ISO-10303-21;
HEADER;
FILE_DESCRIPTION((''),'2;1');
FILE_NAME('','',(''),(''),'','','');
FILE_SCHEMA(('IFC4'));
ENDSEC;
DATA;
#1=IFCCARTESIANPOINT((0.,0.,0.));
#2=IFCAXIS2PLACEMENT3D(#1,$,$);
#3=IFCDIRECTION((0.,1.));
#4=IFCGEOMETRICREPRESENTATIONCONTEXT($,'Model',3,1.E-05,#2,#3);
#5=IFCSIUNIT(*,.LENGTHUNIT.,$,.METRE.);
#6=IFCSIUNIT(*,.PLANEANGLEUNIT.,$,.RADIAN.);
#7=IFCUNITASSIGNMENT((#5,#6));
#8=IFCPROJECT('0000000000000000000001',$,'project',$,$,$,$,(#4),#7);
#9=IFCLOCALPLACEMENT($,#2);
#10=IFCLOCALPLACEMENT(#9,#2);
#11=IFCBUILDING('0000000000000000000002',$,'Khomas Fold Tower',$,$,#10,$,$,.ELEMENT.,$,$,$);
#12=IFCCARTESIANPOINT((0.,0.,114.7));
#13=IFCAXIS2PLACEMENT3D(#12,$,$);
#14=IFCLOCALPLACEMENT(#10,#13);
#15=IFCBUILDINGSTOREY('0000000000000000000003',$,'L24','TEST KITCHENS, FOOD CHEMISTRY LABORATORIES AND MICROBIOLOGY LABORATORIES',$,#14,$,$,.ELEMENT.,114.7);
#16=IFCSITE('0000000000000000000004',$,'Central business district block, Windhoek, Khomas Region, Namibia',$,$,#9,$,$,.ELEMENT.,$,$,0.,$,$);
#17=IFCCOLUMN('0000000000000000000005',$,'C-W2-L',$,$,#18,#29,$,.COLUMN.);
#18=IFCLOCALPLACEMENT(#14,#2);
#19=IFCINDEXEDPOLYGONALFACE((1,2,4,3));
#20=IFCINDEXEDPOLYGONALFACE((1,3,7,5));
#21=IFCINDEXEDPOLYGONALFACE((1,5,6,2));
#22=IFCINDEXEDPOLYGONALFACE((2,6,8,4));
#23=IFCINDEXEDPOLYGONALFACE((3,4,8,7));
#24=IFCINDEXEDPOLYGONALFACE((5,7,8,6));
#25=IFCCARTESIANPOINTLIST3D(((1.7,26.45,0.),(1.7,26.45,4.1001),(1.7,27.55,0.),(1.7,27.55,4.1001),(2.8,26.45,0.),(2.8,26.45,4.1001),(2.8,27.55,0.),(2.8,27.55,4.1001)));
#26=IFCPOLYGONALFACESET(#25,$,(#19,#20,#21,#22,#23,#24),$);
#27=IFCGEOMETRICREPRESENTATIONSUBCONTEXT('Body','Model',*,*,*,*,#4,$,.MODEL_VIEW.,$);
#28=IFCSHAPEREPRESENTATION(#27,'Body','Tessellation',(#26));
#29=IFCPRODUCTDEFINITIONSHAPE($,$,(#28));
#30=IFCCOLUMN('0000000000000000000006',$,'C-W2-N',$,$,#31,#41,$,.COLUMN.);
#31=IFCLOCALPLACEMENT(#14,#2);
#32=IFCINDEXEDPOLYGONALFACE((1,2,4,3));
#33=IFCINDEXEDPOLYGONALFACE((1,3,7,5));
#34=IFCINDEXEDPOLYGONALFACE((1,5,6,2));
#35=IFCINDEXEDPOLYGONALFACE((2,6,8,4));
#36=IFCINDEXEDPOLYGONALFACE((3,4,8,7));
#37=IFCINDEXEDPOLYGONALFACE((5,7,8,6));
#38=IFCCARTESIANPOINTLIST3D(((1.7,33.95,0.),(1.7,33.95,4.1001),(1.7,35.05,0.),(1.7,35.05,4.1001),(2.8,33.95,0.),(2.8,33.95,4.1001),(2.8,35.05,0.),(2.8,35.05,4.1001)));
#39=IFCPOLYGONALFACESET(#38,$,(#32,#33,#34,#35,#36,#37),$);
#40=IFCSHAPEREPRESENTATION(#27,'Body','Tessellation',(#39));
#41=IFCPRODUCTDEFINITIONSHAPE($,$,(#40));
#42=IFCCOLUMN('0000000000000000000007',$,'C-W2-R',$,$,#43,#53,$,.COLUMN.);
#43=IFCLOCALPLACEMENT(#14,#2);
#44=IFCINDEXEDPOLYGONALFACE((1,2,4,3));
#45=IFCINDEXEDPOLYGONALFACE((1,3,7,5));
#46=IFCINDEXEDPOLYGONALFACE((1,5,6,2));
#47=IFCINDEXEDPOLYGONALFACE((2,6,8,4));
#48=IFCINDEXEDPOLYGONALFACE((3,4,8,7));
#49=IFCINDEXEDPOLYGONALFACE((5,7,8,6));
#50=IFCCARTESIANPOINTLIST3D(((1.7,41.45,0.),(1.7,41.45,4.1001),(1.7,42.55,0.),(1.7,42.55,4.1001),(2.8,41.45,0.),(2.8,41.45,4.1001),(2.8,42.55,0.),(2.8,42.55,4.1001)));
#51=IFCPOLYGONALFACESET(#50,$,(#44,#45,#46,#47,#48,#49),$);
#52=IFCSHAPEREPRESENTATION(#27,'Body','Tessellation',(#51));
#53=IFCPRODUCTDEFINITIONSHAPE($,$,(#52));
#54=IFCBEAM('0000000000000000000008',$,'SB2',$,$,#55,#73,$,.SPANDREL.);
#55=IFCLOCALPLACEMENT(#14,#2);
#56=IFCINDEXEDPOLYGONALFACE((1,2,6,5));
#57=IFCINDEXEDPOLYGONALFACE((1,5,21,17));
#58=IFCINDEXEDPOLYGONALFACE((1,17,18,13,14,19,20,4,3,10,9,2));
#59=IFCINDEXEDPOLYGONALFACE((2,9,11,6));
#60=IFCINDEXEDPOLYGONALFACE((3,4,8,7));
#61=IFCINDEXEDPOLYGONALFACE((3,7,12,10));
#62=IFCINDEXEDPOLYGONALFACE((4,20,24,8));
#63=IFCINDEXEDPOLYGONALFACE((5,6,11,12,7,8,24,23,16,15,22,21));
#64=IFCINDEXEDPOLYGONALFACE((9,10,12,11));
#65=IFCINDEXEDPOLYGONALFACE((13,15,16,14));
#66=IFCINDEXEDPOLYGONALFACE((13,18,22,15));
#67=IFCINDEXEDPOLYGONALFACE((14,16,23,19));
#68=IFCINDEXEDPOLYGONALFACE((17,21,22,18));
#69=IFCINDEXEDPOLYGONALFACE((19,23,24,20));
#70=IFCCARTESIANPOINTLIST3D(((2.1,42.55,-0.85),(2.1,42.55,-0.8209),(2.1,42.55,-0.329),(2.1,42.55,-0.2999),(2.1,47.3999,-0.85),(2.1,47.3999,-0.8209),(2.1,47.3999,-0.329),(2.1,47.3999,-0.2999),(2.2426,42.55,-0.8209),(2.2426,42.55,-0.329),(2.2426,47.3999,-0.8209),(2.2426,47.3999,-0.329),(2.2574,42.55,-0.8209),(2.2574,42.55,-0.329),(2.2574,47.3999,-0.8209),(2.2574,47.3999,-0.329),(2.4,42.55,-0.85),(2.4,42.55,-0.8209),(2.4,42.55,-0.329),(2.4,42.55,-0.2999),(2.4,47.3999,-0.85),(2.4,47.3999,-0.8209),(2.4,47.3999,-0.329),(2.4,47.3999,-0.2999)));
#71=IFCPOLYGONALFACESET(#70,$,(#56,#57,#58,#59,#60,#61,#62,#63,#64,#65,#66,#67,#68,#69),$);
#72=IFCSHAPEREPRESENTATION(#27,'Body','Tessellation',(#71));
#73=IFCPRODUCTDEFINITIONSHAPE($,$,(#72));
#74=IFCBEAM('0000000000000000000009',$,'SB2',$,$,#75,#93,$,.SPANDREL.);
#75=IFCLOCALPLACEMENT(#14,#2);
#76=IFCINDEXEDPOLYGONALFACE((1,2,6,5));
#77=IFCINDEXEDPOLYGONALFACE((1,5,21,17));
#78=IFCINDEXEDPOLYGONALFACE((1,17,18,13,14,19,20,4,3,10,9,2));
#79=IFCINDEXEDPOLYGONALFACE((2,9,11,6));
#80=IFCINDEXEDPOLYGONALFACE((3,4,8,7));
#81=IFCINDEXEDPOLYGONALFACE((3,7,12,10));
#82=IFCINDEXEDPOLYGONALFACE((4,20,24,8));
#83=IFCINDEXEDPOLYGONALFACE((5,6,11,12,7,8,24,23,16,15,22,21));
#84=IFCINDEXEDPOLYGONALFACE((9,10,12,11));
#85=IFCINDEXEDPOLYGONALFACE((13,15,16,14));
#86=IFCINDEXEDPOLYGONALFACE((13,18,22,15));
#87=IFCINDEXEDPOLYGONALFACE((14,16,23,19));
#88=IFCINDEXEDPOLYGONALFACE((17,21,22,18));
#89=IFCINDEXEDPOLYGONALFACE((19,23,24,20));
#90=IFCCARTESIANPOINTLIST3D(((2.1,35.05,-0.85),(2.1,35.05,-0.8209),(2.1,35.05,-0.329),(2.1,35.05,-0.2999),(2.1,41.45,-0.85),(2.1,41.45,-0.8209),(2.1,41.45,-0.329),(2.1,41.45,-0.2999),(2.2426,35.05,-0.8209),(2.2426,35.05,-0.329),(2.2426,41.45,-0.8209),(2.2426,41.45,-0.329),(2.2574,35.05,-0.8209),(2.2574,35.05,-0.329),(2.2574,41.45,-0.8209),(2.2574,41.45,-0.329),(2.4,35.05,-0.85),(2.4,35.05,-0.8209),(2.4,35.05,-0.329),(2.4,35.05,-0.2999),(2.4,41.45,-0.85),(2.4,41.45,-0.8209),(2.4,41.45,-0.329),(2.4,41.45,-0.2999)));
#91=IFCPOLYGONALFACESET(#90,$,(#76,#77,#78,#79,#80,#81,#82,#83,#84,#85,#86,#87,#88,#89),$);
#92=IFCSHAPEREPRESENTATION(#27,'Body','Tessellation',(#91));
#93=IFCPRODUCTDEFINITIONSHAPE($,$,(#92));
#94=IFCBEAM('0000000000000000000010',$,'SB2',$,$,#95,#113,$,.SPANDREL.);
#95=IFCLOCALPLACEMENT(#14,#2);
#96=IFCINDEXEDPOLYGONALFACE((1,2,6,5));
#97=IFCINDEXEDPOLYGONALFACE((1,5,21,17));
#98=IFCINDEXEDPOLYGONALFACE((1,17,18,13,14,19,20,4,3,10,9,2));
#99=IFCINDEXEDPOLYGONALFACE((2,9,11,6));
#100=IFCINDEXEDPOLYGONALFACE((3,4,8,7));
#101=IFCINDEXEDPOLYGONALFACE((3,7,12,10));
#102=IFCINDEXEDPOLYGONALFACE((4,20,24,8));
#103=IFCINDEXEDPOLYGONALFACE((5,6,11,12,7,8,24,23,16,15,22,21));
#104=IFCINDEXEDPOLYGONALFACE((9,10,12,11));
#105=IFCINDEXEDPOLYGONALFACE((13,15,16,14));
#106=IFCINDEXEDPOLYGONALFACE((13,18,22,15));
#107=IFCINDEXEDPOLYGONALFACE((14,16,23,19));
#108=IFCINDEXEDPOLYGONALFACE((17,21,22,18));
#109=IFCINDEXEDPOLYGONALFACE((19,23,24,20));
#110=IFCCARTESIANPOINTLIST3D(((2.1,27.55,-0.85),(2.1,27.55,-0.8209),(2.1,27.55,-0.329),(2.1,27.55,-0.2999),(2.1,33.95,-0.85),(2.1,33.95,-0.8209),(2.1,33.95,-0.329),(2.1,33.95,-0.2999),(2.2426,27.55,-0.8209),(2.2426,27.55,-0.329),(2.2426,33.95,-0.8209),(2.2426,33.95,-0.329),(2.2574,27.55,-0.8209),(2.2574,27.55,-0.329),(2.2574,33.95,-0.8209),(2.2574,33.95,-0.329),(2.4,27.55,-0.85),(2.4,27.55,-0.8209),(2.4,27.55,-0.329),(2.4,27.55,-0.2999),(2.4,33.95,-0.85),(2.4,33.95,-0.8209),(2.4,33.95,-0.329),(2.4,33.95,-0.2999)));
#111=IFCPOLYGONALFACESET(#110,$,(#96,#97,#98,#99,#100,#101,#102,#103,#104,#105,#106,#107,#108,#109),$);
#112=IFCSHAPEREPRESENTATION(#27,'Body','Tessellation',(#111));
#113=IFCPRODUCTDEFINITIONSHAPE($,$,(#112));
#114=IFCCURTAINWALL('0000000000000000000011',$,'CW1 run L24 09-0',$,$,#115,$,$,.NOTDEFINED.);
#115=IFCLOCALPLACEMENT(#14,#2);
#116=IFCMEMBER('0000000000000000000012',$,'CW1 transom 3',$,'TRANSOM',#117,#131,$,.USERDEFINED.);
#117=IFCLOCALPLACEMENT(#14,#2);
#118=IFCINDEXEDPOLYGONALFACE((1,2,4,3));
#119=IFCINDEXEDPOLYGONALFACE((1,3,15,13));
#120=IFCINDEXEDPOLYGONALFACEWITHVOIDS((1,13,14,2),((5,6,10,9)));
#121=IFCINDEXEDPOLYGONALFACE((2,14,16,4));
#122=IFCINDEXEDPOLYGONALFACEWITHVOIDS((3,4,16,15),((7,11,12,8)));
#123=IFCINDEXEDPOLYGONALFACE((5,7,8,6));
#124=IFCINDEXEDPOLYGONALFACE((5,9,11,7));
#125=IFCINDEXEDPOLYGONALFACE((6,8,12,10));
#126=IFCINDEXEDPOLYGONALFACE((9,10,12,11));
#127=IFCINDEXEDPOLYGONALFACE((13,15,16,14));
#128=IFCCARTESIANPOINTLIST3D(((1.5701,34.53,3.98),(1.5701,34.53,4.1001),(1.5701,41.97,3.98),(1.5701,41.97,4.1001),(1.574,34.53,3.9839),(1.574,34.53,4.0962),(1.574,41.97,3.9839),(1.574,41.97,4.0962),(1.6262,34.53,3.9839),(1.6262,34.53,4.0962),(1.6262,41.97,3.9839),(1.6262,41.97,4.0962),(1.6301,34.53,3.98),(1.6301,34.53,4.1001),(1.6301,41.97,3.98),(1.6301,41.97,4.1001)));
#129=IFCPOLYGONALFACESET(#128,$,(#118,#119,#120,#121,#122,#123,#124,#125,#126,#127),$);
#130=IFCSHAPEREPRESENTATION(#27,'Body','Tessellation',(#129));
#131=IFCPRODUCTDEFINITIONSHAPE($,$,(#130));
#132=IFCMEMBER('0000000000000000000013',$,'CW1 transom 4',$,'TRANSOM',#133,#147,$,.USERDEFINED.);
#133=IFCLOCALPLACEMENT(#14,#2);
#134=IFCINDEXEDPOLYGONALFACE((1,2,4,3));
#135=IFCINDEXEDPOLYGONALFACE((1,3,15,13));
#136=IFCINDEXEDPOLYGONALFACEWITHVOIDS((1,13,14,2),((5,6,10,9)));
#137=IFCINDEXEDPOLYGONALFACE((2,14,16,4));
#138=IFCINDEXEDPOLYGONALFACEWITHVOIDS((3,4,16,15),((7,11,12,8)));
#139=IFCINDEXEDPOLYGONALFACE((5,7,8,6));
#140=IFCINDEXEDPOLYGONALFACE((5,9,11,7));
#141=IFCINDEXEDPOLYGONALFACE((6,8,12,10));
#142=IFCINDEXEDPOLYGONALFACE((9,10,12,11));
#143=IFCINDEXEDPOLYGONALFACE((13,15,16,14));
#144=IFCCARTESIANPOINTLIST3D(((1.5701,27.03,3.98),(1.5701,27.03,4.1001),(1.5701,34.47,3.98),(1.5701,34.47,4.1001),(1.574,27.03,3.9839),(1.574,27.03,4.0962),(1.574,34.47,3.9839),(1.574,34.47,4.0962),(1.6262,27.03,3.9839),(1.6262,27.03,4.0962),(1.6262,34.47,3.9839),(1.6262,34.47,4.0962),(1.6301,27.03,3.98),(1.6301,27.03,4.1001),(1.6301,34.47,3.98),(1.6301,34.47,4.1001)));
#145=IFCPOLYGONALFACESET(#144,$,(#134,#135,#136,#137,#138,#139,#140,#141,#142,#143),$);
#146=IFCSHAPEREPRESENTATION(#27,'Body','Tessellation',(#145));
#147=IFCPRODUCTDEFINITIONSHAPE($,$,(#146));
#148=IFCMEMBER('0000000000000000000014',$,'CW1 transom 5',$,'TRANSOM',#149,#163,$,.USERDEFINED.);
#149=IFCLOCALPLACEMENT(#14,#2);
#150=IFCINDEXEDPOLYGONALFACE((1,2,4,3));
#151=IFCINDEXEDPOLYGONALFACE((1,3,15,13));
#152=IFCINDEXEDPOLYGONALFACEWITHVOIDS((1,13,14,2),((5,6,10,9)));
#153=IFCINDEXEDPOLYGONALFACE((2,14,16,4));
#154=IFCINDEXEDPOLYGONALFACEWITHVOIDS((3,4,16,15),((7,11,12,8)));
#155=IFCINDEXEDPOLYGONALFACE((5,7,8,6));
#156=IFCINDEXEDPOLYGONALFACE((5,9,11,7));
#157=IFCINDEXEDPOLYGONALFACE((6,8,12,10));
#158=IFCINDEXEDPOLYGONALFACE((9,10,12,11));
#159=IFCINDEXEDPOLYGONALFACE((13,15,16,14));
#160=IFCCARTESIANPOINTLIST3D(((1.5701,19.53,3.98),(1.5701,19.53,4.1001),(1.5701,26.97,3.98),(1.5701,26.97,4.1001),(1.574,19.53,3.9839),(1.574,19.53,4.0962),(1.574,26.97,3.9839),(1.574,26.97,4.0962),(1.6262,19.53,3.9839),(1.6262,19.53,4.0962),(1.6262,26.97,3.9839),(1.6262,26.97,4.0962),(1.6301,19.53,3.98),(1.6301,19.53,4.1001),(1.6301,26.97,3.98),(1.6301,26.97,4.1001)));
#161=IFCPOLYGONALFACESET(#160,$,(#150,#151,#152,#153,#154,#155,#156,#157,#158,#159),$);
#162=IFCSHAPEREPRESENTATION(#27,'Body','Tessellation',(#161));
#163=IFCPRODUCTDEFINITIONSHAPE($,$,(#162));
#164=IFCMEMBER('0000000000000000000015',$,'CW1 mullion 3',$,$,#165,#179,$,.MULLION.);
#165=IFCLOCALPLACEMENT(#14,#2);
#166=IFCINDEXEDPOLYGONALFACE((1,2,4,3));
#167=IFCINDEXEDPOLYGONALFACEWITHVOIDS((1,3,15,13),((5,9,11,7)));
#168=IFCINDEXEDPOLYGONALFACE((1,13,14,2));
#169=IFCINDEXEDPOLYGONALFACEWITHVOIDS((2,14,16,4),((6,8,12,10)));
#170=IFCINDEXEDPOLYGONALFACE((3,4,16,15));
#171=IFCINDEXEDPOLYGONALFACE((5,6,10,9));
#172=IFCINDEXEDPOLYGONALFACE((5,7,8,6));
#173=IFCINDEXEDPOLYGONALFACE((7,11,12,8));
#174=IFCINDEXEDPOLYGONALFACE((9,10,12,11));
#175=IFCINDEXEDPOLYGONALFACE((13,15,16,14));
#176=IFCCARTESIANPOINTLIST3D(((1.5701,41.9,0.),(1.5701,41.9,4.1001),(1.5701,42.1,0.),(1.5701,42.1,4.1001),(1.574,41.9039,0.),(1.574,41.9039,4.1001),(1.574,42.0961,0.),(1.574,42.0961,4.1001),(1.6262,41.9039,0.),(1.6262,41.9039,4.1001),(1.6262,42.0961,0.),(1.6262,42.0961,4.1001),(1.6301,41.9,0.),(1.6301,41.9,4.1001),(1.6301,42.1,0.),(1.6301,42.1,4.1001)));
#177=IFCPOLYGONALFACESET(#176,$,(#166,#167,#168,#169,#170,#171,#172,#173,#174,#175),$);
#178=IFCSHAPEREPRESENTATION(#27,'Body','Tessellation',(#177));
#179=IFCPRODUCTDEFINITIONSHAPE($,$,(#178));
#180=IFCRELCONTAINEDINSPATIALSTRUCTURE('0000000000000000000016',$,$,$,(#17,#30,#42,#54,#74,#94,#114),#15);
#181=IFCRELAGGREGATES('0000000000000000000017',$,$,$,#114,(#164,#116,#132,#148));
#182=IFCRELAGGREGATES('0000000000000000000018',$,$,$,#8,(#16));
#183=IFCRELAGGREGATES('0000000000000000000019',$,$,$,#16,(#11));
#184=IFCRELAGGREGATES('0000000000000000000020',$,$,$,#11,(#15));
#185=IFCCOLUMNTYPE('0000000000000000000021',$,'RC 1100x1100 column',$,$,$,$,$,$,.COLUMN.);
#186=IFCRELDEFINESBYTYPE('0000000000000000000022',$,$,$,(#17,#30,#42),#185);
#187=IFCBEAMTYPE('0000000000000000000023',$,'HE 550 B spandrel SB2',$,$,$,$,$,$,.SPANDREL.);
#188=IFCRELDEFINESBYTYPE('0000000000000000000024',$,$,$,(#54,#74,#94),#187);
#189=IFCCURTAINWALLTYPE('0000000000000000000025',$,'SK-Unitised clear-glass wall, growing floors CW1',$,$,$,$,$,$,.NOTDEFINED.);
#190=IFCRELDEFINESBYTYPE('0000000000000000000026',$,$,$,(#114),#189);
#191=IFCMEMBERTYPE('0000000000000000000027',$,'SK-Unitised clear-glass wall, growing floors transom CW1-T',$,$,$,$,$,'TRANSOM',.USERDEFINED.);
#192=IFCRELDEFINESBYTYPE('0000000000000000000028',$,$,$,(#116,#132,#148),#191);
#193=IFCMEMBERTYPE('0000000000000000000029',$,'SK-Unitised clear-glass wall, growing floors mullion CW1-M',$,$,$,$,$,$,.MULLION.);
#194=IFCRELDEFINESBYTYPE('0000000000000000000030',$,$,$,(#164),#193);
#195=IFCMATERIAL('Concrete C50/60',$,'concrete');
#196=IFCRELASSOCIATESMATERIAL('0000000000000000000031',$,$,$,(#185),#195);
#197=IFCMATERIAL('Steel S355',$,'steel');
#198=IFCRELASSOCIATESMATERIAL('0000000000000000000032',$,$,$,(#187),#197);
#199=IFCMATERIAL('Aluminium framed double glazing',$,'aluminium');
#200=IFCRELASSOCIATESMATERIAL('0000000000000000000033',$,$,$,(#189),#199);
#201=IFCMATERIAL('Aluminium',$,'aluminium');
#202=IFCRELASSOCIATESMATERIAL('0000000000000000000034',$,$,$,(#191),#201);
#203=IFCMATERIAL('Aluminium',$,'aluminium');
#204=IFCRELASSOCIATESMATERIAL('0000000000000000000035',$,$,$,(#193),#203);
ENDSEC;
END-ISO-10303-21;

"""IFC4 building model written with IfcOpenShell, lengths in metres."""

from ifc_helpers import new_model, si_unit, direction, frame, origin, origin_2d, place, context, subcontext, project, spatial, rectangle, hollow_rectangle, i_section, extrude, source, transform, mapped, material, material_profile, profile_set, type_object, element, aggregate, save


model = new_model("IFC4")

# Units and contexts
model_context = context("Model", 3, precision=1e-05, world=origin(), true_north=direction((0.0, 1.0)))
body_context = subcontext(model_context, "Body", "Model", "MODEL_VIEW")
ifc_project = project(units=[si_unit("LENGTHUNIT", "METRE"), si_unit("PLANEANGLEUNIT", "RADIAN")], contexts=[model_context])

# Site, building, storey
site_placement = place(None, origin())
site = spatial("IfcSite", under=ifc_project, at=site_placement, Name="Central business district block, Windhoek, Khomas Region, Namibia", CompositionType="ELEMENT", RefElevation=0.0)
building_placement = place(site_placement, origin())
building = spatial("IfcBuilding", under=site, at=building_placement, Name="Khomas Fold Tower", CompositionType="ELEMENT")
storey_placement = place(building_placement, frame((0.0, 0.0, 114.7)))
storey = spatial("IfcBuildingStorey", under=building, at=storey_placement, Name="L24", Description="TEST KITCHENS, FOOD CHEMISTRY LABORATORIES AND MICROBIOLOGY LABORATORIES", CompositionType="ELEMENT", Elevation=114.7)

# Columns
ifc_material_1 = material(Name="Concrete C50/60", Category="concrete")
ifc_material_profile_1 = material_profile(ifc_material_1, rectangle(XDim=1.1001, YDim=1.1001, at=origin_2d()), Name="RC 1100x1100")
ifc_profile_set_1 = profile_set([ifc_material_profile_1], Name="Concrete C50/60")
column_type = type_object("IfcColumnType", Name="RC 1100x1100 column", PredefinedType="COLUMN", material=ifc_profile_set_1)
shared_shape_1 = source(origin(), body_context, "Body", "SweptSolid", [
    extrude(rectangle(XDim=1.1001, YDim=1.1001, at=origin_2d()), origin(), (0.0, 0.0, 1.0), 4.1001),
])
for number, where, z_axis, x_axis, name in (
    (1, (2.25, 27.0, 0.0), (0.0, 0.0, 1.0), (1.0, 0.0, 0.0), "C-W2-L"),
    (2, (2.25, 34.5, 0.0), (0.0, 0.0, 1.0), (1.0, 0.0, 0.0), "C-W2-N"),
    (3, (2.25, 42.0, 0.0), (0.0, 0.0, 1.0), (1.0, 0.0, 0.0), "C-W2-R"),
):
    element("IfcColumn", number, at=place(storey_placement, frame(where, z_axis=z_axis, x_axis=x_axis)), inside=storey, type_object=column_type, Name=name, PredefinedType="COLUMN", context=body_context, shape_type="MappedRepresentation", body=[
        mapped(shared_shape_1, transform((0.0, 0.0, 0.0))),
    ])

# Beams
ifc_material_2 = material(Name="Steel S355", Category="steel")
ifc_material_profile_2 = material_profile(ifc_material_2, i_section(OverallWidth=0.3, OverallDepth=0.55, WebThickness=0.0149, FlangeThickness=0.0291, at=origin_2d()), Name="HE 550 B")
ifc_profile_set_2 = profile_set([ifc_material_profile_2], Name="Steel S355")
beam_type = type_object("IfcBeamType", Name="HE 550 B spandrel SB2", PredefinedType="SPANDREL", material=ifc_profile_set_2)
shared_shape_2 = source(origin(), body_context, "Body", "SweptSolid", [
    extrude(i_section(OverallWidth=0.3, OverallDepth=0.55, WebThickness=0.0149, FlangeThickness=0.0291, at=origin_2d()), origin(), (0.0, 0.0, 1.0), 4.8499),
])
beam_placement = place(storey_placement, frame((2.25, 42.55, -0.575), z_axis=(0.0, 1.0, 0.0), x_axis=(-1.0, 0.0, 0.0)))
element("IfcBeam", 4, at=beam_placement, inside=storey, type_object=beam_type, Name="SB2", PredefinedType="SPANDREL", context=body_context, shape_type="MappedRepresentation", body=[
    mapped(shared_shape_2, transform((0.0, 0.0, 0.0))),
])
shared_shape_3 = source(origin(), body_context, "Body", "SweptSolid", [
    extrude(i_section(OverallWidth=0.3, OverallDepth=0.55, WebThickness=0.0149, FlangeThickness=0.0291, at=origin_2d()), origin(), (0.0, 0.0, 1.0), 6.3999),
])
for number, where, z_axis, x_axis, name in (
    (5, (2.25, 35.05, -0.575), (0.0, 1.0, 0.0), (-1.0, 0.0, 0.0), "SB2"),
    (6, (2.25, 27.55, -0.575), (0.0, 1.0, 0.0), (-1.0, 0.0, 0.0), "SB2"),
):
    element("IfcBeam", number, at=place(storey_placement, frame(where, z_axis=z_axis, x_axis=x_axis)), inside=storey, type_object=beam_type, Name=name, PredefinedType="SPANDREL", context=body_context, shape_type="MappedRepresentation", body=[
        mapped(shared_shape_3, transform((0.0, 0.0, 0.0))),
    ])

# Curtain wall, members
ifc_material_3 = material(Name="Aluminium framed double glazing", Category="aluminium")
curtain_wall_type = type_object("IfcCurtainWallType", Name="SK-Unitised clear-glass wall, growing floors CW1", PredefinedType="NOTDEFINED", material=ifc_material_3)
curtain_wall_placement = place(storey_placement, origin())
curtain_wall = element("IfcCurtainWall", 7, at=curtain_wall_placement, inside=storey, type_object=curtain_wall_type, Name="CW1 run L24 09-0", PredefinedType="NOTDEFINED")
ifc_material_4 = material(Name="Aluminium", Category="aluminium")
ifc_material_profile_3 = material_profile(ifc_material_4, hollow_rectangle(XDim=0.0601, YDim=0.1201, WallThickness=0.0039, at=origin_2d()), Name="SK-Unitised clear-glass wall, growing floors transom CW1-T")
ifc_profile_set_3 = profile_set([ifc_material_profile_3], Name="Aluminium")
member_type_1 = type_object("IfcMemberType", Name="SK-Unitised clear-glass wall, growing floors transom CW1-T", ElementType="TRANSOM", PredefinedType="USERDEFINED", material=ifc_profile_set_3)
shared_shape_4 = source(origin(), body_context, "Body", "SweptSolid", [
    extrude(hollow_rectangle(XDim=0.0601, YDim=0.1201, WallThickness=0.0039, at=origin_2d()), origin(), (0.0, 0.0, 1.0), 7.4399),
])
member_1_placement = place(storey_placement, frame((1.6001, 41.97, 4.04), z_axis=(0.0, -1.0, 0.0), x_axis=(1.0, 0.0, 0.0)))
member_1 = element("IfcMember", 8, at=member_1_placement, type_object=member_type_1, Name="CW1 transom 3", ObjectType="TRANSOM", PredefinedType="USERDEFINED", context=body_context, shape_type="MappedRepresentation", body=[
    mapped(shared_shape_4, transform((0.0, 0.0, 0.0))),
])
member_2_placement = place(storey_placement, frame((1.6001, 34.47, 4.04), z_axis=(0.0, -1.0, 0.0), x_axis=(1.0, 0.0, 0.0)))
member_2 = element("IfcMember", 9, at=member_2_placement, type_object=member_type_1, Name="CW1 transom 4", ObjectType="TRANSOM", PredefinedType="USERDEFINED", context=body_context, shape_type="MappedRepresentation", body=[
    mapped(shared_shape_4, transform((0.0, 0.0, 0.0))),
])
member_3_placement = place(storey_placement, frame((1.6001, 26.97, 4.04), z_axis=(0.0, -1.0, 0.0), x_axis=(1.0, 0.0, 0.0)))
member_3 = element("IfcMember", 10, at=member_3_placement, type_object=member_type_1, Name="CW1 transom 5", ObjectType="TRANSOM", PredefinedType="USERDEFINED", context=body_context, shape_type="MappedRepresentation", body=[
    mapped(shared_shape_4, transform((0.0, 0.0, 0.0))),
])
ifc_material_5 = material(Name="Aluminium", Category="aluminium")
ifc_material_profile_4 = material_profile(ifc_material_5, hollow_rectangle(XDim=0.0601, YDim=0.2, WallThickness=0.0039, at=origin_2d()), Name="SK-Unitised clear-glass wall, growing floors mullion CW1-M")
ifc_profile_set_4 = profile_set([ifc_material_profile_4], Name="Aluminium")
member_type_2 = type_object("IfcMemberType", Name="SK-Unitised clear-glass wall, growing floors mullion CW1-M", PredefinedType="MULLION", material=ifc_profile_set_4)
shared_shape_5 = source(origin(), body_context, "Body", "SweptSolid", [
    extrude(hollow_rectangle(XDim=0.0601, YDim=0.2, WallThickness=0.0039, at=origin_2d()), origin(), (0.0, 0.0, 1.0), 4.1001),
])
member_4_placement = place(storey_placement, frame((1.6001, 42.0, 0.0), z_axis=(0.0, 0.0, 1.0), x_axis=(1.0, 0.0, 0.0)))
member_4 = element("IfcMember", 11, at=member_4_placement, type_object=member_type_2, Name="CW1 mullion 3", PredefinedType="MULLION", context=body_context, shape_type="MappedRepresentation", body=[
    mapped(shared_shape_5, transform((0.0, 0.0, 0.0))),
])

aggregate(curtain_wall, [member_4, member_1, member_2, member_3])

save(model, "model.ifc")
